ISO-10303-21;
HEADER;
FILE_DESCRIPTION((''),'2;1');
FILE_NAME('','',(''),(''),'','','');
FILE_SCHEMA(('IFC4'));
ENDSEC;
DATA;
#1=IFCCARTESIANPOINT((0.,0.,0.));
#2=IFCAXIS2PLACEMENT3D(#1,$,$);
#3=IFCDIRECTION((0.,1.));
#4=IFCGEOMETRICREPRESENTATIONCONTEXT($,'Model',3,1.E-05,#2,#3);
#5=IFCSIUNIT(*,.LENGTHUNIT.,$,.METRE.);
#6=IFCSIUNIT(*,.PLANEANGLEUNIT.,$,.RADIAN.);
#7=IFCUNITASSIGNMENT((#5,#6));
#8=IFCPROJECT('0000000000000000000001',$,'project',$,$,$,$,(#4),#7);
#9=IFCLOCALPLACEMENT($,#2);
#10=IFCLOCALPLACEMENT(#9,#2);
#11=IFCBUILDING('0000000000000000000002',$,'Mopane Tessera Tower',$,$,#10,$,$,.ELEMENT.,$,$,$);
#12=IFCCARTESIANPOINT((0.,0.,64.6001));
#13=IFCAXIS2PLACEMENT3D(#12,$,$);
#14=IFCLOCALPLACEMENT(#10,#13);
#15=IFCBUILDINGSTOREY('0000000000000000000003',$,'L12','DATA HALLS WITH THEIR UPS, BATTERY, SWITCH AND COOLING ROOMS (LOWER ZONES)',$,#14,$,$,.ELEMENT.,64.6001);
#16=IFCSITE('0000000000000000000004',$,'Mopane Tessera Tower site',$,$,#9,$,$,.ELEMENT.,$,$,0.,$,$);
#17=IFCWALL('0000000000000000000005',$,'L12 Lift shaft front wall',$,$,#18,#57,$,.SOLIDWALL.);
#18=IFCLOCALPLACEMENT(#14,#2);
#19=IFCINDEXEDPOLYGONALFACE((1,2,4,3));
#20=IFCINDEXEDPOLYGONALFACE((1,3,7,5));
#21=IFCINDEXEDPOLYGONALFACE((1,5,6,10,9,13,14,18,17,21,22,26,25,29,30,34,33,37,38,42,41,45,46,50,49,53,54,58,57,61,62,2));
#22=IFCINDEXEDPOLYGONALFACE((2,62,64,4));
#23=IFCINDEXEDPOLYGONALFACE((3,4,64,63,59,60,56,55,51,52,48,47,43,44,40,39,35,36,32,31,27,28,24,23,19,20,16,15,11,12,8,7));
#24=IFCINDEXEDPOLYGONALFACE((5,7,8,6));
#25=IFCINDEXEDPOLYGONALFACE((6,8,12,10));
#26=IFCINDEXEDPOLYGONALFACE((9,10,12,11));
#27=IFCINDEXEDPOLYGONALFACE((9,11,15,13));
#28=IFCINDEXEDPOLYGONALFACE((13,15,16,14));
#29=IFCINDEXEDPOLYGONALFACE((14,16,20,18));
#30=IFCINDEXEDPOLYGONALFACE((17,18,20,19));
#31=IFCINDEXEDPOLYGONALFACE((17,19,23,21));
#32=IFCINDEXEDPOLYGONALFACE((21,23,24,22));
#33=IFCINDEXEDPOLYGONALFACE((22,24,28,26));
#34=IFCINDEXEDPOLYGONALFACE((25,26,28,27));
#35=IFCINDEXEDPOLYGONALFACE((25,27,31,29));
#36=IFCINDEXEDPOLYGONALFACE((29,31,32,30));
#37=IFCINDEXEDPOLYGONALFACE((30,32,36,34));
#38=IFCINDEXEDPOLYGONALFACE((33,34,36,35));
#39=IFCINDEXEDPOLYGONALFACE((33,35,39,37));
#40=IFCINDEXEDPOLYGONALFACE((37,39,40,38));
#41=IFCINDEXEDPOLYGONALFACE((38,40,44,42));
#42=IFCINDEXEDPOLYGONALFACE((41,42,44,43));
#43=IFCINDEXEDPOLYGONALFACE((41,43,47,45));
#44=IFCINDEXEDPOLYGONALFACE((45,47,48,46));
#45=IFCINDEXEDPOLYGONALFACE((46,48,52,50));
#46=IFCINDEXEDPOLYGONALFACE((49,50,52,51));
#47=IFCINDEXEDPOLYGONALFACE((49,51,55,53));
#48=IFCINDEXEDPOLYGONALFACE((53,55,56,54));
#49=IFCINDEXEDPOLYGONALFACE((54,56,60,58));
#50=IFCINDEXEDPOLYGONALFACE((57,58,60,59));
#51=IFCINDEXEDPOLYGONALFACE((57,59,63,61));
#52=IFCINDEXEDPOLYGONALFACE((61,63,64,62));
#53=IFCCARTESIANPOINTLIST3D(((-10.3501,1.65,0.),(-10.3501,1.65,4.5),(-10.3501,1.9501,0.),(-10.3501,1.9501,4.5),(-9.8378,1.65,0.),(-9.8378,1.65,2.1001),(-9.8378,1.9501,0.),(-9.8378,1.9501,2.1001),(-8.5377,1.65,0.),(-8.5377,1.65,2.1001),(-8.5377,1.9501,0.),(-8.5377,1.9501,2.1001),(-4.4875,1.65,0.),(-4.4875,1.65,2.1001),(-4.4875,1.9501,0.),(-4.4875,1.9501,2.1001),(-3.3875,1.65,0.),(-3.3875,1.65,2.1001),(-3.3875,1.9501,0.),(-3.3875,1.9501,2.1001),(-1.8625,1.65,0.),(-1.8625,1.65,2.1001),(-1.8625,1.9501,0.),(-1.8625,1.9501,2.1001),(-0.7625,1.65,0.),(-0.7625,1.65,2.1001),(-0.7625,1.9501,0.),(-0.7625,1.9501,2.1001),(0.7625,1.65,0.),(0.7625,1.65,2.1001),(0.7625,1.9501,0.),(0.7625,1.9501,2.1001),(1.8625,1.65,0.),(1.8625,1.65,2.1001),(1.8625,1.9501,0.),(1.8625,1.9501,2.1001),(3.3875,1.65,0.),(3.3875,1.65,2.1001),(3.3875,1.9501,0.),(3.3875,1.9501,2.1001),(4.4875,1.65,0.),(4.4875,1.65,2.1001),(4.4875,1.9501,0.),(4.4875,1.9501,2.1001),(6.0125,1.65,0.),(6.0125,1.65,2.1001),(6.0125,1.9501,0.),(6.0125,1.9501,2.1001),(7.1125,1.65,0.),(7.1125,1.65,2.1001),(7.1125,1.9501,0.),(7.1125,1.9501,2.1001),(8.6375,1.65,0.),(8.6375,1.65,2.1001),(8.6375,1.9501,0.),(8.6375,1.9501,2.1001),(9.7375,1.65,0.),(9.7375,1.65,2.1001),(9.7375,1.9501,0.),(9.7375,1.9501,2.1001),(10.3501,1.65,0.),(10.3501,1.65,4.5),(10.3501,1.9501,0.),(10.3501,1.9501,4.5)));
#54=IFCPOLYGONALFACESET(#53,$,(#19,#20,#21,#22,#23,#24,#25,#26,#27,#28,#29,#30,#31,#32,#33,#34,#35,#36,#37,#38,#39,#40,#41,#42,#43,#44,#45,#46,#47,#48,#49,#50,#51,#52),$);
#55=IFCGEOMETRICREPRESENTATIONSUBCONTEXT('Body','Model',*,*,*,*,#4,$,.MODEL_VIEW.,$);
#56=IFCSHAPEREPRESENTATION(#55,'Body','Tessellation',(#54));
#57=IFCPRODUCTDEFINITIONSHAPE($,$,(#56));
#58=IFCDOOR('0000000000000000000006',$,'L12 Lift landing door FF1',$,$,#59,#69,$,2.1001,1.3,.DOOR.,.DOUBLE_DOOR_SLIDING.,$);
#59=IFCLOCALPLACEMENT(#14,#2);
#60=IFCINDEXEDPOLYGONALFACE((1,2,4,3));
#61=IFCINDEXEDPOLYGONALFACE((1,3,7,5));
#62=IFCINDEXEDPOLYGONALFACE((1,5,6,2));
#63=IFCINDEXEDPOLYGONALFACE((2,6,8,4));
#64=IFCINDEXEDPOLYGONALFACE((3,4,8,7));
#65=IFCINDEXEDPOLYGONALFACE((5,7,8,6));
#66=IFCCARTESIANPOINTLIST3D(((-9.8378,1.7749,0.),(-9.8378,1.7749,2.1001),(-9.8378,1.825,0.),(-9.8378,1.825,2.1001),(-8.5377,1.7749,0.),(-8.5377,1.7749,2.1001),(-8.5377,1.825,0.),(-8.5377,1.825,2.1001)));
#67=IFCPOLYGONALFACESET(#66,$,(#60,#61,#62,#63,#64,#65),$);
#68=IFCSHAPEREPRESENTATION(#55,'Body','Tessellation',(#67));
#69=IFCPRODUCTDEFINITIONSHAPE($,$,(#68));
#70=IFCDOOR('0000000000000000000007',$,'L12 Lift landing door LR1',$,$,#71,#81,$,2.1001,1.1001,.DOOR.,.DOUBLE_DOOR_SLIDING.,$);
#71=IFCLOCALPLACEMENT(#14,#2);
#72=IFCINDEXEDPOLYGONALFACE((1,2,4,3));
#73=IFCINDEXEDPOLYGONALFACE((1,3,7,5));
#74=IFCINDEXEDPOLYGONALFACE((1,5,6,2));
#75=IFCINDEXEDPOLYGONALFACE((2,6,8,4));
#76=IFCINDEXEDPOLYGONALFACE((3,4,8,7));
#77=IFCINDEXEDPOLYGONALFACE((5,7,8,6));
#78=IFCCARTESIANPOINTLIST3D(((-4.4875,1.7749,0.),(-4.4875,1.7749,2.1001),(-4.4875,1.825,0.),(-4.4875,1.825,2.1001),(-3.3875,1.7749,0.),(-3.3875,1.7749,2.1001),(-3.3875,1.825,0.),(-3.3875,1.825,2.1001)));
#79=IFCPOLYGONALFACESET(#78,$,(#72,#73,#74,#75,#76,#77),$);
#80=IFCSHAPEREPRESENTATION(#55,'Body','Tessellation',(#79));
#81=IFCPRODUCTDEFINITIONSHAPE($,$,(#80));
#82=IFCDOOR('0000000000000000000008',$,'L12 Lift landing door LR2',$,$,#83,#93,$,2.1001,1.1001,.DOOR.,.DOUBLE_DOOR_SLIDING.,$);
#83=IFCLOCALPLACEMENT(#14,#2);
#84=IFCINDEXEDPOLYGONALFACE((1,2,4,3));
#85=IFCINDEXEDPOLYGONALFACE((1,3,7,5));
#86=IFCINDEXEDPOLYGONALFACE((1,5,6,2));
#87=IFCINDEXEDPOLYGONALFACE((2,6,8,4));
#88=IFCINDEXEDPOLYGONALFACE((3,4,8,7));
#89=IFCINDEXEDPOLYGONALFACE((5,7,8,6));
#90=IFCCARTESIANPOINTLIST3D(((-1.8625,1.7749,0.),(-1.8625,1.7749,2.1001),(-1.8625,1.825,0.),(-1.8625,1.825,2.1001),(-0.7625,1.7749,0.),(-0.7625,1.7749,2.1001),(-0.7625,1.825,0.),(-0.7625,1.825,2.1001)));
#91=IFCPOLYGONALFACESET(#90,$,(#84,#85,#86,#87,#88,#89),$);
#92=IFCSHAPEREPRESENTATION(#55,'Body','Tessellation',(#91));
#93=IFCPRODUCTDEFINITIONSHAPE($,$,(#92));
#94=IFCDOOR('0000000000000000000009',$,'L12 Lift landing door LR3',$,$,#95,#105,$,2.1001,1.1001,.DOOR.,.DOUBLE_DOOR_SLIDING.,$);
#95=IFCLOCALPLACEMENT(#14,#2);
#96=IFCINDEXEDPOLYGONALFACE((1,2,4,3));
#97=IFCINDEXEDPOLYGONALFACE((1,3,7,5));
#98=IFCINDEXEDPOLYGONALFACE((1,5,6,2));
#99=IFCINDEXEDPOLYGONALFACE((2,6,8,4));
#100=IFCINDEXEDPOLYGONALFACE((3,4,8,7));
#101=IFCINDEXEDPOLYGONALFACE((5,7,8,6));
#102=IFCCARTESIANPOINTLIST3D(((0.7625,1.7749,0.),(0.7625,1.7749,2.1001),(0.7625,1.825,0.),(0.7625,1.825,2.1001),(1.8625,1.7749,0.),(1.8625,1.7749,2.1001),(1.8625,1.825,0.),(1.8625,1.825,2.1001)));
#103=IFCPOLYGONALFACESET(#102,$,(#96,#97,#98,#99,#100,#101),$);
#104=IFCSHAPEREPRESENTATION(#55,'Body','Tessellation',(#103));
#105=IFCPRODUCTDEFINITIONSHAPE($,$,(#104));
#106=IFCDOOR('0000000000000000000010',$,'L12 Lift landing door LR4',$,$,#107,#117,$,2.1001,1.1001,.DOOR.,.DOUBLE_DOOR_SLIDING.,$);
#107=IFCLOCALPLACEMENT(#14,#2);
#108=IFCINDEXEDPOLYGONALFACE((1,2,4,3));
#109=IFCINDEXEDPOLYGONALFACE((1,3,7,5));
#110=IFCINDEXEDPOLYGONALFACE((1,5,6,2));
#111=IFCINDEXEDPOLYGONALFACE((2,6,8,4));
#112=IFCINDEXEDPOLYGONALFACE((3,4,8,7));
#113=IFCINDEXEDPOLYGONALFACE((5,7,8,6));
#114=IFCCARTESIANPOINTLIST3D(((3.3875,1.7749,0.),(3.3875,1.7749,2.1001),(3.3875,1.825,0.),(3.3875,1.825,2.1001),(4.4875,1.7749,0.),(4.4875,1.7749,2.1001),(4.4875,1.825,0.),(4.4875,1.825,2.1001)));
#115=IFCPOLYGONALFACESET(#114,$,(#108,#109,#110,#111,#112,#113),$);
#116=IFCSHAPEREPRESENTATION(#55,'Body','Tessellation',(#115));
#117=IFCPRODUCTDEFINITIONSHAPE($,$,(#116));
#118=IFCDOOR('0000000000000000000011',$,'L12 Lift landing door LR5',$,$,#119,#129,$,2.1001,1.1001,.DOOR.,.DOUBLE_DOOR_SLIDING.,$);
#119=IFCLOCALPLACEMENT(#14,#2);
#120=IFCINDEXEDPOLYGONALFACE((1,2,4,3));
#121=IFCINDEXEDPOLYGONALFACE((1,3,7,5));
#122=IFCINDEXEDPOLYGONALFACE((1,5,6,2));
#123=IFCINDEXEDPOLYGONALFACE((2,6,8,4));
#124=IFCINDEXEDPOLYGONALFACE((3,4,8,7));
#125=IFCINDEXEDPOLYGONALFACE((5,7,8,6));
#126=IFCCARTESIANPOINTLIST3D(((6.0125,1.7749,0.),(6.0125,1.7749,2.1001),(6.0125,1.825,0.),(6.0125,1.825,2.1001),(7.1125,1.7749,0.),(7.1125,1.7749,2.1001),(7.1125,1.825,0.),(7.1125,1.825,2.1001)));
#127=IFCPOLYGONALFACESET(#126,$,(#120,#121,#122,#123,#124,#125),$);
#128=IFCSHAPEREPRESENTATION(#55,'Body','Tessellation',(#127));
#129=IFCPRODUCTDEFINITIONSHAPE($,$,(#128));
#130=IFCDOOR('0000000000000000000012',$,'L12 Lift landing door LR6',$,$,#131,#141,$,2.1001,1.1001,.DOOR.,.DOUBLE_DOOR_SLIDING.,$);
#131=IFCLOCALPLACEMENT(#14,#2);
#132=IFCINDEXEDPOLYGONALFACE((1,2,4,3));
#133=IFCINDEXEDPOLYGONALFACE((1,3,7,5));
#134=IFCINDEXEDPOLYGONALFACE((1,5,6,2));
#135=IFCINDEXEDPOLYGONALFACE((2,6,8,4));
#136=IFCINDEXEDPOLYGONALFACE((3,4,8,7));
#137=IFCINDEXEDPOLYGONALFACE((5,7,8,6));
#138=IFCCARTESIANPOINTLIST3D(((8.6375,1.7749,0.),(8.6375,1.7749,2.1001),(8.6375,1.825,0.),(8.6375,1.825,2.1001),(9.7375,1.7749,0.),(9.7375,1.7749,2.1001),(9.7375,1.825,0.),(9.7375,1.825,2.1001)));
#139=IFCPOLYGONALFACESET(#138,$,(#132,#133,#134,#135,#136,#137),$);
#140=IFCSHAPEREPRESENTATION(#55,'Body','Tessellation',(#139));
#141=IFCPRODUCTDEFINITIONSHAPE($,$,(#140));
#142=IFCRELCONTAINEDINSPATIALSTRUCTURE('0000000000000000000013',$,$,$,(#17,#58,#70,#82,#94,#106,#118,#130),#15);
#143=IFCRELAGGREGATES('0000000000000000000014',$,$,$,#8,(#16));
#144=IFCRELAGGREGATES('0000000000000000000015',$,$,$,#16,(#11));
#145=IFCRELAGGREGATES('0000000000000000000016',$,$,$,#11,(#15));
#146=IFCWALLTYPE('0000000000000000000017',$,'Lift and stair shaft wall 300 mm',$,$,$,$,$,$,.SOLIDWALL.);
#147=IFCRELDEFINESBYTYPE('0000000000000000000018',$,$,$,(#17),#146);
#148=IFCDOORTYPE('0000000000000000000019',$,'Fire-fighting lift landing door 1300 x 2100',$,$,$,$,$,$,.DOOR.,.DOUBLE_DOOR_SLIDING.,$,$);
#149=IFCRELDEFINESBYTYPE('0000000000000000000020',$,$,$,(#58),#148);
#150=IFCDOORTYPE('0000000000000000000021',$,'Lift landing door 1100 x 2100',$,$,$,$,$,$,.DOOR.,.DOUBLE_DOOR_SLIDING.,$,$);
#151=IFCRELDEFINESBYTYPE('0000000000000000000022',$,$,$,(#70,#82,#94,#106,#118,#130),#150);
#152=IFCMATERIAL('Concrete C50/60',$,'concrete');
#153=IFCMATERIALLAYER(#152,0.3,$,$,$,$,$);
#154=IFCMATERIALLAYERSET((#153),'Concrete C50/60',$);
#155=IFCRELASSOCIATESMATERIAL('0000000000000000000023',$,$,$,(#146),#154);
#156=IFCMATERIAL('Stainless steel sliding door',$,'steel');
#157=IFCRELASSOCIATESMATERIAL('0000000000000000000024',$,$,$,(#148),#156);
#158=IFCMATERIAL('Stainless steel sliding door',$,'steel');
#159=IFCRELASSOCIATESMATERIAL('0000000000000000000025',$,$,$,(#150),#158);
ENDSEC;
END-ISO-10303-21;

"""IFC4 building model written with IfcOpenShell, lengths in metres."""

from ifc_helpers import new_model, si_unit, direction, frame, frame_2d, origin, place, context, subcontext, project, spatial, rectangle, extrude, material, layer, layer_set, type_object, element, fill, save


model = new_model("IFC4")

# Units and contexts
model_context = context("Model", 3, precision=1e-05, world=origin(), true_north=direction((0.0, 1.0)))
body_context = subcontext(model_context, "Body", "Model", "MODEL_VIEW")
ifc_project = project(units=[si_unit("LENGTHUNIT", "METRE"), si_unit("PLANEANGLEUNIT", "RADIAN")], contexts=[model_context])

# Site, building, storey
site_placement = place(None, origin())
site = spatial("IfcSite", under=ifc_project, at=site_placement, Name="Mopane Tessera Tower site", CompositionType="ELEMENT", RefElevation=0.0)
building_placement = place(site_placement, origin())
building = spatial("IfcBuilding", under=site, at=building_placement, Name="Mopane Tessera Tower", CompositionType="ELEMENT")
storey_placement = place(building_placement, frame((0.0, 0.0, 64.6001)))
storey = spatial("IfcBuildingStorey", under=building, at=storey_placement, Name="L12", Description="DATA HALLS WITH THEIR UPS, BATTERY, SWITCH AND COOLING ROOMS (LOWER ZONES)", CompositionType="ELEMENT", Elevation=64.6001)

# Wall, openings, doors
ifc_material_1 = material(Name="Concrete C50/60", Category="concrete")
ifc_layer_1 = layer(ifc_material_1, 0.3)
ifc_layer_set_1 = layer_set([ifc_layer_1], Name="Concrete C50/60")
wall_type_1 = type_object("IfcWallType", Name="Lift and stair shaft wall 300 mm", PredefinedType="SOLIDWALL", material=ifc_layer_set_1)
wall_1_placement = place(storey_placement, frame((-10.3501, 1.8, 0.0), z_axis=(0.0, 0.0, 1.0), x_axis=(1.0, 0.0, 0.0)))
wall_1 = element("IfcWall", 1, at=wall_1_placement, inside=storey, type_object=wall_type_1, Name="L12 Lift shaft front wall", PredefinedType="SOLIDWALL", context=body_context, shape_type="SweptSolid", body=[
    extrude(rectangle(XDim=20.7002, YDim=0.3, at=frame_2d((10.3501, 0.0))), origin(), (0.0, 0.0, 1.0), 4.5),
])
opening_1_placement = place(wall_1_placement, frame((0.5125, 0.0, 0.0)))
opening_1 = element("IfcOpeningElement", 2, at=opening_1_placement, cuts=wall_1, PredefinedType="OPENING", context=body_context, shape_type="SweptSolid", body=[
    extrude(rectangle(XDim=1.3, YDim=2.1001, at=frame_2d((0.6499, 1.05))), frame((0.0, 0.1621, 0.0), z_axis=(0.0, -1.0, 0.0), x_axis=(1.0, 0.0, 0.0)), (0.0, 0.0, 1.0), 0.324),
])
opening_2_placement = place(wall_1_placement, frame((5.8625, 0.0, 0.0)))
opening_2 = element("IfcOpeningElement", 3, at=opening_2_placement, cuts=wall_1, PredefinedType="OPENING", context=body_context, shape_type="SweptSolid", body=[
    extrude(rectangle(XDim=1.1001, YDim=2.1001, at=frame_2d((0.55, 1.05))), frame((0.0, 0.1621, 0.0), z_axis=(0.0, -1.0, 0.0), x_axis=(1.0, 0.0, 0.0)), (0.0, 0.0, 1.0), 0.324),
])
opening_3_placement = place(wall_1_placement, frame((8.4875, 0.0, 0.0)))
opening_3 = element("IfcOpeningElement", 4, at=opening_3_placement, cuts=wall_1, PredefinedType="OPENING", context=body_context, shape_type="SweptSolid", body=[
    extrude(rectangle(XDim=1.1001, YDim=2.1001, at=frame_2d((0.55, 1.05))), frame((0.0, 0.1621, 0.0), z_axis=(0.0, -1.0, 0.0), x_axis=(1.0, 0.0, 0.0)), (0.0, 0.0, 1.0), 0.324),
])
opening_4_placement = place(wall_1_placement, frame((11.1125, 0.0, 0.0)))
opening_4 = element("IfcOpeningElement", 5, at=opening_4_placement, cuts=wall_1, PredefinedType="OPENING", context=body_context, shape_type="SweptSolid", body=[
    extrude(rectangle(XDim=1.1001, YDim=2.1001, at=frame_2d((0.55, 1.05))), frame((0.0, 0.1621, 0.0), z_axis=(0.0, -1.0, 0.0), x_axis=(1.0, 0.0, 0.0)), (0.0, 0.0, 1.0), 0.324),
])
opening_5_placement = place(wall_1_placement, frame((13.7375, 0.0, 0.0)))
opening_5 = element("IfcOpeningElement", 6, at=opening_5_placement, cuts=wall_1, PredefinedType="OPENING", context=body_context, shape_type="SweptSolid", body=[
    extrude(rectangle(XDim=1.1001, YDim=2.1001, at=frame_2d((0.55, 1.05))), frame((0.0, 0.1621, 0.0), z_axis=(0.0, -1.0, 0.0), x_axis=(1.0, 0.0, 0.0)), (0.0, 0.0, 1.0), 0.324),
])
opening_6_placement = place(wall_1_placement, frame((16.3625, 0.0, 0.0)))
opening_6 = element("IfcOpeningElement", 7, at=opening_6_placement, cuts=wall_1, PredefinedType="OPENING", context=body_context, shape_type="SweptSolid", body=[
    extrude(rectangle(XDim=1.1001, YDim=2.1001, at=frame_2d((0.55, 1.05))), frame((0.0, 0.1621, 0.0), z_axis=(0.0, -1.0, 0.0), x_axis=(1.0, 0.0, 0.0)), (0.0, 0.0, 1.0), 0.324),
])
opening_7_placement = place(wall_1_placement, frame((18.9875, 0.0, 0.0)))
opening_7 = element("IfcOpeningElement", 8, at=opening_7_placement, cuts=wall_1, PredefinedType="OPENING", context=body_context, shape_type="SweptSolid", body=[
    extrude(rectangle(XDim=1.1001, YDim=2.1001, at=frame_2d((0.55, 1.05))), frame((0.0, 0.1621, 0.0), z_axis=(0.0, -1.0, 0.0), x_axis=(1.0, 0.0, 0.0)), (0.0, 0.0, 1.0), 0.324),
])
ifc_material_2 = material(Name="Stainless steel sliding door", Category="steel")
door_type_1 = type_object("IfcDoorType", Name="Fire-fighting lift landing door 1300 x 2100", OperationType="DOUBLE_DOOR_SLIDING", PredefinedType="DOOR", material=ifc_material_2)
door_1_placement = place(opening_1_placement, origin())
door_1 = element("IfcDoor", 9, at=door_1_placement, inside=storey, type_object=door_type_1, Name="L12 Lift landing door FF1", OperationType="DOUBLE_DOOR_SLIDING", OverallHeight=2.1001, OverallWidth=1.3, PredefinedType="DOOR", context=body_context, shape_type="SweptSolid", body=[
    extrude(rectangle(XDim=1.3, YDim=2.1001, at=frame_2d((0.6499, 1.05))), frame((0.0, 0.0249, 0.0), z_axis=(0.0, -1.0, 0.0), x_axis=(1.0, 0.0, 0.0)), (0.0, 0.0, 1.0), 0.05),
])
fill(opening_1, door_1)
ifc_material_3 = material(Name="Stainless steel sliding door", Category="steel")
door_type_2 = type_object("IfcDoorType", Name="Lift landing door 1100 x 2100", OperationType="DOUBLE_DOOR_SLIDING", PredefinedType="DOOR", material=ifc_material_3)
door_2_placement = place(opening_2_placement, origin())
door_2 = element("IfcDoor", 10, at=door_2_placement, inside=storey, type_object=door_type_2, Name="L12 Lift landing door LR1", OperationType="DOUBLE_DOOR_SLIDING", OverallHeight=2.1001, OverallWidth=1.1001, PredefinedType="DOOR", context=body_context, shape_type="SweptSolid", body=[
    extrude(rectangle(XDim=1.1001, YDim=2.1001, at=frame_2d((0.55, 1.05))), frame((0.0, 0.0249, 0.0), z_axis=(0.0, -1.0, 0.0), x_axis=(1.0, 0.0, 0.0)), (0.0, 0.0, 1.0), 0.05),
])
fill(opening_2, door_2)
door_3_placement = place(opening_3_placement, origin())
door_3 = element("IfcDoor", 11, at=door_3_placement, inside=storey, type_object=door_type_2, Name="L12 Lift landing door LR2", OperationType="DOUBLE_DOOR_SLIDING", OverallHeight=2.1001, OverallWidth=1.1001, PredefinedType="DOOR", context=body_context, shape_type="SweptSolid", body=[
    extrude(rectangle(XDim=1.1001, YDim=2.1001, at=frame_2d((0.55, 1.05))), frame((0.0, 0.0249, 0.0), z_axis=(0.0, -1.0, 0.0), x_axis=(1.0, 0.0, 0.0)), (0.0, 0.0, 1.0), 0.05),
])
fill(opening_3, door_3)
door_4_placement = place(opening_4_placement, origin())
door_4 = element("IfcDoor", 12, at=door_4_placement, inside=storey, type_object=door_type_2, Name="L12 Lift landing door LR3", OperationType="DOUBLE_DOOR_SLIDING", OverallHeight=2.1001, OverallWidth=1.1001, PredefinedType="DOOR", context=body_context, shape_type="SweptSolid", body=[
    extrude(rectangle(XDim=1.1001, YDim=2.1001, at=frame_2d((0.55, 1.05))), frame((0.0, 0.0249, 0.0), z_axis=(0.0, -1.0, 0.0), x_axis=(1.0, 0.0, 0.0)), (0.0, 0.0, 1.0), 0.05),
])
fill(opening_4, door_4)
door_5_placement = place(opening_5_placement, origin())
door_5 = element("IfcDoor", 13, at=door_5_placement, inside=storey, type_object=door_type_2, Name="L12 Lift landing door LR4", OperationType="DOUBLE_DOOR_SLIDING", OverallHeight=2.1001, OverallWidth=1.1001, PredefinedType="DOOR", context=body_context, shape_type="SweptSolid", body=[
    extrude(rectangle(XDim=1.1001, YDim=2.1001, at=frame_2d((0.55, 1.05))), frame((0.0, 0.0249, 0.0), z_axis=(0.0, -1.0, 0.0), x_axis=(1.0, 0.0, 0.0)), (0.0, 0.0, 1.0), 0.05),
])
fill(opening_5, door_5)
door_6_placement = place(opening_6_placement, origin())
door_6 = element("IfcDoor", 14, at=door_6_placement, inside=storey, type_object=door_type_2, Name="L12 Lift landing door LR5", OperationType="DOUBLE_DOOR_SLIDING", OverallHeight=2.1001, OverallWidth=1.1001, PredefinedType="DOOR", context=body_context, shape_type="SweptSolid", body=[
    extrude(rectangle(XDim=1.1001, YDim=2.1001, at=frame_2d((0.55, 1.05))), frame((0.0, 0.0249, 0.0), z_axis=(0.0, -1.0, 0.0), x_axis=(1.0, 0.0, 0.0)), (0.0, 0.0, 1.0), 0.05),
])
fill(opening_6, door_6)
door_7_placement = place(opening_7_placement, origin())
door_7 = element("IfcDoor", 15, at=door_7_placement, inside=storey, type_object=door_type_2, Name="L12 Lift landing door LR6", OperationType="DOUBLE_DOOR_SLIDING", OverallHeight=2.1001, OverallWidth=1.1001, PredefinedType="DOOR", context=body_context, shape_type="SweptSolid", body=[
    extrude(rectangle(XDim=1.1001, YDim=2.1001, at=frame_2d((0.55, 1.05))), frame((0.0, 0.0249, 0.0), z_axis=(0.0, -1.0, 0.0), x_axis=(1.0, 0.0, 0.0)), (0.0, 0.0, 1.0), 0.05),
])
fill(opening_7, door_7)

save(model, "model.ifc")
